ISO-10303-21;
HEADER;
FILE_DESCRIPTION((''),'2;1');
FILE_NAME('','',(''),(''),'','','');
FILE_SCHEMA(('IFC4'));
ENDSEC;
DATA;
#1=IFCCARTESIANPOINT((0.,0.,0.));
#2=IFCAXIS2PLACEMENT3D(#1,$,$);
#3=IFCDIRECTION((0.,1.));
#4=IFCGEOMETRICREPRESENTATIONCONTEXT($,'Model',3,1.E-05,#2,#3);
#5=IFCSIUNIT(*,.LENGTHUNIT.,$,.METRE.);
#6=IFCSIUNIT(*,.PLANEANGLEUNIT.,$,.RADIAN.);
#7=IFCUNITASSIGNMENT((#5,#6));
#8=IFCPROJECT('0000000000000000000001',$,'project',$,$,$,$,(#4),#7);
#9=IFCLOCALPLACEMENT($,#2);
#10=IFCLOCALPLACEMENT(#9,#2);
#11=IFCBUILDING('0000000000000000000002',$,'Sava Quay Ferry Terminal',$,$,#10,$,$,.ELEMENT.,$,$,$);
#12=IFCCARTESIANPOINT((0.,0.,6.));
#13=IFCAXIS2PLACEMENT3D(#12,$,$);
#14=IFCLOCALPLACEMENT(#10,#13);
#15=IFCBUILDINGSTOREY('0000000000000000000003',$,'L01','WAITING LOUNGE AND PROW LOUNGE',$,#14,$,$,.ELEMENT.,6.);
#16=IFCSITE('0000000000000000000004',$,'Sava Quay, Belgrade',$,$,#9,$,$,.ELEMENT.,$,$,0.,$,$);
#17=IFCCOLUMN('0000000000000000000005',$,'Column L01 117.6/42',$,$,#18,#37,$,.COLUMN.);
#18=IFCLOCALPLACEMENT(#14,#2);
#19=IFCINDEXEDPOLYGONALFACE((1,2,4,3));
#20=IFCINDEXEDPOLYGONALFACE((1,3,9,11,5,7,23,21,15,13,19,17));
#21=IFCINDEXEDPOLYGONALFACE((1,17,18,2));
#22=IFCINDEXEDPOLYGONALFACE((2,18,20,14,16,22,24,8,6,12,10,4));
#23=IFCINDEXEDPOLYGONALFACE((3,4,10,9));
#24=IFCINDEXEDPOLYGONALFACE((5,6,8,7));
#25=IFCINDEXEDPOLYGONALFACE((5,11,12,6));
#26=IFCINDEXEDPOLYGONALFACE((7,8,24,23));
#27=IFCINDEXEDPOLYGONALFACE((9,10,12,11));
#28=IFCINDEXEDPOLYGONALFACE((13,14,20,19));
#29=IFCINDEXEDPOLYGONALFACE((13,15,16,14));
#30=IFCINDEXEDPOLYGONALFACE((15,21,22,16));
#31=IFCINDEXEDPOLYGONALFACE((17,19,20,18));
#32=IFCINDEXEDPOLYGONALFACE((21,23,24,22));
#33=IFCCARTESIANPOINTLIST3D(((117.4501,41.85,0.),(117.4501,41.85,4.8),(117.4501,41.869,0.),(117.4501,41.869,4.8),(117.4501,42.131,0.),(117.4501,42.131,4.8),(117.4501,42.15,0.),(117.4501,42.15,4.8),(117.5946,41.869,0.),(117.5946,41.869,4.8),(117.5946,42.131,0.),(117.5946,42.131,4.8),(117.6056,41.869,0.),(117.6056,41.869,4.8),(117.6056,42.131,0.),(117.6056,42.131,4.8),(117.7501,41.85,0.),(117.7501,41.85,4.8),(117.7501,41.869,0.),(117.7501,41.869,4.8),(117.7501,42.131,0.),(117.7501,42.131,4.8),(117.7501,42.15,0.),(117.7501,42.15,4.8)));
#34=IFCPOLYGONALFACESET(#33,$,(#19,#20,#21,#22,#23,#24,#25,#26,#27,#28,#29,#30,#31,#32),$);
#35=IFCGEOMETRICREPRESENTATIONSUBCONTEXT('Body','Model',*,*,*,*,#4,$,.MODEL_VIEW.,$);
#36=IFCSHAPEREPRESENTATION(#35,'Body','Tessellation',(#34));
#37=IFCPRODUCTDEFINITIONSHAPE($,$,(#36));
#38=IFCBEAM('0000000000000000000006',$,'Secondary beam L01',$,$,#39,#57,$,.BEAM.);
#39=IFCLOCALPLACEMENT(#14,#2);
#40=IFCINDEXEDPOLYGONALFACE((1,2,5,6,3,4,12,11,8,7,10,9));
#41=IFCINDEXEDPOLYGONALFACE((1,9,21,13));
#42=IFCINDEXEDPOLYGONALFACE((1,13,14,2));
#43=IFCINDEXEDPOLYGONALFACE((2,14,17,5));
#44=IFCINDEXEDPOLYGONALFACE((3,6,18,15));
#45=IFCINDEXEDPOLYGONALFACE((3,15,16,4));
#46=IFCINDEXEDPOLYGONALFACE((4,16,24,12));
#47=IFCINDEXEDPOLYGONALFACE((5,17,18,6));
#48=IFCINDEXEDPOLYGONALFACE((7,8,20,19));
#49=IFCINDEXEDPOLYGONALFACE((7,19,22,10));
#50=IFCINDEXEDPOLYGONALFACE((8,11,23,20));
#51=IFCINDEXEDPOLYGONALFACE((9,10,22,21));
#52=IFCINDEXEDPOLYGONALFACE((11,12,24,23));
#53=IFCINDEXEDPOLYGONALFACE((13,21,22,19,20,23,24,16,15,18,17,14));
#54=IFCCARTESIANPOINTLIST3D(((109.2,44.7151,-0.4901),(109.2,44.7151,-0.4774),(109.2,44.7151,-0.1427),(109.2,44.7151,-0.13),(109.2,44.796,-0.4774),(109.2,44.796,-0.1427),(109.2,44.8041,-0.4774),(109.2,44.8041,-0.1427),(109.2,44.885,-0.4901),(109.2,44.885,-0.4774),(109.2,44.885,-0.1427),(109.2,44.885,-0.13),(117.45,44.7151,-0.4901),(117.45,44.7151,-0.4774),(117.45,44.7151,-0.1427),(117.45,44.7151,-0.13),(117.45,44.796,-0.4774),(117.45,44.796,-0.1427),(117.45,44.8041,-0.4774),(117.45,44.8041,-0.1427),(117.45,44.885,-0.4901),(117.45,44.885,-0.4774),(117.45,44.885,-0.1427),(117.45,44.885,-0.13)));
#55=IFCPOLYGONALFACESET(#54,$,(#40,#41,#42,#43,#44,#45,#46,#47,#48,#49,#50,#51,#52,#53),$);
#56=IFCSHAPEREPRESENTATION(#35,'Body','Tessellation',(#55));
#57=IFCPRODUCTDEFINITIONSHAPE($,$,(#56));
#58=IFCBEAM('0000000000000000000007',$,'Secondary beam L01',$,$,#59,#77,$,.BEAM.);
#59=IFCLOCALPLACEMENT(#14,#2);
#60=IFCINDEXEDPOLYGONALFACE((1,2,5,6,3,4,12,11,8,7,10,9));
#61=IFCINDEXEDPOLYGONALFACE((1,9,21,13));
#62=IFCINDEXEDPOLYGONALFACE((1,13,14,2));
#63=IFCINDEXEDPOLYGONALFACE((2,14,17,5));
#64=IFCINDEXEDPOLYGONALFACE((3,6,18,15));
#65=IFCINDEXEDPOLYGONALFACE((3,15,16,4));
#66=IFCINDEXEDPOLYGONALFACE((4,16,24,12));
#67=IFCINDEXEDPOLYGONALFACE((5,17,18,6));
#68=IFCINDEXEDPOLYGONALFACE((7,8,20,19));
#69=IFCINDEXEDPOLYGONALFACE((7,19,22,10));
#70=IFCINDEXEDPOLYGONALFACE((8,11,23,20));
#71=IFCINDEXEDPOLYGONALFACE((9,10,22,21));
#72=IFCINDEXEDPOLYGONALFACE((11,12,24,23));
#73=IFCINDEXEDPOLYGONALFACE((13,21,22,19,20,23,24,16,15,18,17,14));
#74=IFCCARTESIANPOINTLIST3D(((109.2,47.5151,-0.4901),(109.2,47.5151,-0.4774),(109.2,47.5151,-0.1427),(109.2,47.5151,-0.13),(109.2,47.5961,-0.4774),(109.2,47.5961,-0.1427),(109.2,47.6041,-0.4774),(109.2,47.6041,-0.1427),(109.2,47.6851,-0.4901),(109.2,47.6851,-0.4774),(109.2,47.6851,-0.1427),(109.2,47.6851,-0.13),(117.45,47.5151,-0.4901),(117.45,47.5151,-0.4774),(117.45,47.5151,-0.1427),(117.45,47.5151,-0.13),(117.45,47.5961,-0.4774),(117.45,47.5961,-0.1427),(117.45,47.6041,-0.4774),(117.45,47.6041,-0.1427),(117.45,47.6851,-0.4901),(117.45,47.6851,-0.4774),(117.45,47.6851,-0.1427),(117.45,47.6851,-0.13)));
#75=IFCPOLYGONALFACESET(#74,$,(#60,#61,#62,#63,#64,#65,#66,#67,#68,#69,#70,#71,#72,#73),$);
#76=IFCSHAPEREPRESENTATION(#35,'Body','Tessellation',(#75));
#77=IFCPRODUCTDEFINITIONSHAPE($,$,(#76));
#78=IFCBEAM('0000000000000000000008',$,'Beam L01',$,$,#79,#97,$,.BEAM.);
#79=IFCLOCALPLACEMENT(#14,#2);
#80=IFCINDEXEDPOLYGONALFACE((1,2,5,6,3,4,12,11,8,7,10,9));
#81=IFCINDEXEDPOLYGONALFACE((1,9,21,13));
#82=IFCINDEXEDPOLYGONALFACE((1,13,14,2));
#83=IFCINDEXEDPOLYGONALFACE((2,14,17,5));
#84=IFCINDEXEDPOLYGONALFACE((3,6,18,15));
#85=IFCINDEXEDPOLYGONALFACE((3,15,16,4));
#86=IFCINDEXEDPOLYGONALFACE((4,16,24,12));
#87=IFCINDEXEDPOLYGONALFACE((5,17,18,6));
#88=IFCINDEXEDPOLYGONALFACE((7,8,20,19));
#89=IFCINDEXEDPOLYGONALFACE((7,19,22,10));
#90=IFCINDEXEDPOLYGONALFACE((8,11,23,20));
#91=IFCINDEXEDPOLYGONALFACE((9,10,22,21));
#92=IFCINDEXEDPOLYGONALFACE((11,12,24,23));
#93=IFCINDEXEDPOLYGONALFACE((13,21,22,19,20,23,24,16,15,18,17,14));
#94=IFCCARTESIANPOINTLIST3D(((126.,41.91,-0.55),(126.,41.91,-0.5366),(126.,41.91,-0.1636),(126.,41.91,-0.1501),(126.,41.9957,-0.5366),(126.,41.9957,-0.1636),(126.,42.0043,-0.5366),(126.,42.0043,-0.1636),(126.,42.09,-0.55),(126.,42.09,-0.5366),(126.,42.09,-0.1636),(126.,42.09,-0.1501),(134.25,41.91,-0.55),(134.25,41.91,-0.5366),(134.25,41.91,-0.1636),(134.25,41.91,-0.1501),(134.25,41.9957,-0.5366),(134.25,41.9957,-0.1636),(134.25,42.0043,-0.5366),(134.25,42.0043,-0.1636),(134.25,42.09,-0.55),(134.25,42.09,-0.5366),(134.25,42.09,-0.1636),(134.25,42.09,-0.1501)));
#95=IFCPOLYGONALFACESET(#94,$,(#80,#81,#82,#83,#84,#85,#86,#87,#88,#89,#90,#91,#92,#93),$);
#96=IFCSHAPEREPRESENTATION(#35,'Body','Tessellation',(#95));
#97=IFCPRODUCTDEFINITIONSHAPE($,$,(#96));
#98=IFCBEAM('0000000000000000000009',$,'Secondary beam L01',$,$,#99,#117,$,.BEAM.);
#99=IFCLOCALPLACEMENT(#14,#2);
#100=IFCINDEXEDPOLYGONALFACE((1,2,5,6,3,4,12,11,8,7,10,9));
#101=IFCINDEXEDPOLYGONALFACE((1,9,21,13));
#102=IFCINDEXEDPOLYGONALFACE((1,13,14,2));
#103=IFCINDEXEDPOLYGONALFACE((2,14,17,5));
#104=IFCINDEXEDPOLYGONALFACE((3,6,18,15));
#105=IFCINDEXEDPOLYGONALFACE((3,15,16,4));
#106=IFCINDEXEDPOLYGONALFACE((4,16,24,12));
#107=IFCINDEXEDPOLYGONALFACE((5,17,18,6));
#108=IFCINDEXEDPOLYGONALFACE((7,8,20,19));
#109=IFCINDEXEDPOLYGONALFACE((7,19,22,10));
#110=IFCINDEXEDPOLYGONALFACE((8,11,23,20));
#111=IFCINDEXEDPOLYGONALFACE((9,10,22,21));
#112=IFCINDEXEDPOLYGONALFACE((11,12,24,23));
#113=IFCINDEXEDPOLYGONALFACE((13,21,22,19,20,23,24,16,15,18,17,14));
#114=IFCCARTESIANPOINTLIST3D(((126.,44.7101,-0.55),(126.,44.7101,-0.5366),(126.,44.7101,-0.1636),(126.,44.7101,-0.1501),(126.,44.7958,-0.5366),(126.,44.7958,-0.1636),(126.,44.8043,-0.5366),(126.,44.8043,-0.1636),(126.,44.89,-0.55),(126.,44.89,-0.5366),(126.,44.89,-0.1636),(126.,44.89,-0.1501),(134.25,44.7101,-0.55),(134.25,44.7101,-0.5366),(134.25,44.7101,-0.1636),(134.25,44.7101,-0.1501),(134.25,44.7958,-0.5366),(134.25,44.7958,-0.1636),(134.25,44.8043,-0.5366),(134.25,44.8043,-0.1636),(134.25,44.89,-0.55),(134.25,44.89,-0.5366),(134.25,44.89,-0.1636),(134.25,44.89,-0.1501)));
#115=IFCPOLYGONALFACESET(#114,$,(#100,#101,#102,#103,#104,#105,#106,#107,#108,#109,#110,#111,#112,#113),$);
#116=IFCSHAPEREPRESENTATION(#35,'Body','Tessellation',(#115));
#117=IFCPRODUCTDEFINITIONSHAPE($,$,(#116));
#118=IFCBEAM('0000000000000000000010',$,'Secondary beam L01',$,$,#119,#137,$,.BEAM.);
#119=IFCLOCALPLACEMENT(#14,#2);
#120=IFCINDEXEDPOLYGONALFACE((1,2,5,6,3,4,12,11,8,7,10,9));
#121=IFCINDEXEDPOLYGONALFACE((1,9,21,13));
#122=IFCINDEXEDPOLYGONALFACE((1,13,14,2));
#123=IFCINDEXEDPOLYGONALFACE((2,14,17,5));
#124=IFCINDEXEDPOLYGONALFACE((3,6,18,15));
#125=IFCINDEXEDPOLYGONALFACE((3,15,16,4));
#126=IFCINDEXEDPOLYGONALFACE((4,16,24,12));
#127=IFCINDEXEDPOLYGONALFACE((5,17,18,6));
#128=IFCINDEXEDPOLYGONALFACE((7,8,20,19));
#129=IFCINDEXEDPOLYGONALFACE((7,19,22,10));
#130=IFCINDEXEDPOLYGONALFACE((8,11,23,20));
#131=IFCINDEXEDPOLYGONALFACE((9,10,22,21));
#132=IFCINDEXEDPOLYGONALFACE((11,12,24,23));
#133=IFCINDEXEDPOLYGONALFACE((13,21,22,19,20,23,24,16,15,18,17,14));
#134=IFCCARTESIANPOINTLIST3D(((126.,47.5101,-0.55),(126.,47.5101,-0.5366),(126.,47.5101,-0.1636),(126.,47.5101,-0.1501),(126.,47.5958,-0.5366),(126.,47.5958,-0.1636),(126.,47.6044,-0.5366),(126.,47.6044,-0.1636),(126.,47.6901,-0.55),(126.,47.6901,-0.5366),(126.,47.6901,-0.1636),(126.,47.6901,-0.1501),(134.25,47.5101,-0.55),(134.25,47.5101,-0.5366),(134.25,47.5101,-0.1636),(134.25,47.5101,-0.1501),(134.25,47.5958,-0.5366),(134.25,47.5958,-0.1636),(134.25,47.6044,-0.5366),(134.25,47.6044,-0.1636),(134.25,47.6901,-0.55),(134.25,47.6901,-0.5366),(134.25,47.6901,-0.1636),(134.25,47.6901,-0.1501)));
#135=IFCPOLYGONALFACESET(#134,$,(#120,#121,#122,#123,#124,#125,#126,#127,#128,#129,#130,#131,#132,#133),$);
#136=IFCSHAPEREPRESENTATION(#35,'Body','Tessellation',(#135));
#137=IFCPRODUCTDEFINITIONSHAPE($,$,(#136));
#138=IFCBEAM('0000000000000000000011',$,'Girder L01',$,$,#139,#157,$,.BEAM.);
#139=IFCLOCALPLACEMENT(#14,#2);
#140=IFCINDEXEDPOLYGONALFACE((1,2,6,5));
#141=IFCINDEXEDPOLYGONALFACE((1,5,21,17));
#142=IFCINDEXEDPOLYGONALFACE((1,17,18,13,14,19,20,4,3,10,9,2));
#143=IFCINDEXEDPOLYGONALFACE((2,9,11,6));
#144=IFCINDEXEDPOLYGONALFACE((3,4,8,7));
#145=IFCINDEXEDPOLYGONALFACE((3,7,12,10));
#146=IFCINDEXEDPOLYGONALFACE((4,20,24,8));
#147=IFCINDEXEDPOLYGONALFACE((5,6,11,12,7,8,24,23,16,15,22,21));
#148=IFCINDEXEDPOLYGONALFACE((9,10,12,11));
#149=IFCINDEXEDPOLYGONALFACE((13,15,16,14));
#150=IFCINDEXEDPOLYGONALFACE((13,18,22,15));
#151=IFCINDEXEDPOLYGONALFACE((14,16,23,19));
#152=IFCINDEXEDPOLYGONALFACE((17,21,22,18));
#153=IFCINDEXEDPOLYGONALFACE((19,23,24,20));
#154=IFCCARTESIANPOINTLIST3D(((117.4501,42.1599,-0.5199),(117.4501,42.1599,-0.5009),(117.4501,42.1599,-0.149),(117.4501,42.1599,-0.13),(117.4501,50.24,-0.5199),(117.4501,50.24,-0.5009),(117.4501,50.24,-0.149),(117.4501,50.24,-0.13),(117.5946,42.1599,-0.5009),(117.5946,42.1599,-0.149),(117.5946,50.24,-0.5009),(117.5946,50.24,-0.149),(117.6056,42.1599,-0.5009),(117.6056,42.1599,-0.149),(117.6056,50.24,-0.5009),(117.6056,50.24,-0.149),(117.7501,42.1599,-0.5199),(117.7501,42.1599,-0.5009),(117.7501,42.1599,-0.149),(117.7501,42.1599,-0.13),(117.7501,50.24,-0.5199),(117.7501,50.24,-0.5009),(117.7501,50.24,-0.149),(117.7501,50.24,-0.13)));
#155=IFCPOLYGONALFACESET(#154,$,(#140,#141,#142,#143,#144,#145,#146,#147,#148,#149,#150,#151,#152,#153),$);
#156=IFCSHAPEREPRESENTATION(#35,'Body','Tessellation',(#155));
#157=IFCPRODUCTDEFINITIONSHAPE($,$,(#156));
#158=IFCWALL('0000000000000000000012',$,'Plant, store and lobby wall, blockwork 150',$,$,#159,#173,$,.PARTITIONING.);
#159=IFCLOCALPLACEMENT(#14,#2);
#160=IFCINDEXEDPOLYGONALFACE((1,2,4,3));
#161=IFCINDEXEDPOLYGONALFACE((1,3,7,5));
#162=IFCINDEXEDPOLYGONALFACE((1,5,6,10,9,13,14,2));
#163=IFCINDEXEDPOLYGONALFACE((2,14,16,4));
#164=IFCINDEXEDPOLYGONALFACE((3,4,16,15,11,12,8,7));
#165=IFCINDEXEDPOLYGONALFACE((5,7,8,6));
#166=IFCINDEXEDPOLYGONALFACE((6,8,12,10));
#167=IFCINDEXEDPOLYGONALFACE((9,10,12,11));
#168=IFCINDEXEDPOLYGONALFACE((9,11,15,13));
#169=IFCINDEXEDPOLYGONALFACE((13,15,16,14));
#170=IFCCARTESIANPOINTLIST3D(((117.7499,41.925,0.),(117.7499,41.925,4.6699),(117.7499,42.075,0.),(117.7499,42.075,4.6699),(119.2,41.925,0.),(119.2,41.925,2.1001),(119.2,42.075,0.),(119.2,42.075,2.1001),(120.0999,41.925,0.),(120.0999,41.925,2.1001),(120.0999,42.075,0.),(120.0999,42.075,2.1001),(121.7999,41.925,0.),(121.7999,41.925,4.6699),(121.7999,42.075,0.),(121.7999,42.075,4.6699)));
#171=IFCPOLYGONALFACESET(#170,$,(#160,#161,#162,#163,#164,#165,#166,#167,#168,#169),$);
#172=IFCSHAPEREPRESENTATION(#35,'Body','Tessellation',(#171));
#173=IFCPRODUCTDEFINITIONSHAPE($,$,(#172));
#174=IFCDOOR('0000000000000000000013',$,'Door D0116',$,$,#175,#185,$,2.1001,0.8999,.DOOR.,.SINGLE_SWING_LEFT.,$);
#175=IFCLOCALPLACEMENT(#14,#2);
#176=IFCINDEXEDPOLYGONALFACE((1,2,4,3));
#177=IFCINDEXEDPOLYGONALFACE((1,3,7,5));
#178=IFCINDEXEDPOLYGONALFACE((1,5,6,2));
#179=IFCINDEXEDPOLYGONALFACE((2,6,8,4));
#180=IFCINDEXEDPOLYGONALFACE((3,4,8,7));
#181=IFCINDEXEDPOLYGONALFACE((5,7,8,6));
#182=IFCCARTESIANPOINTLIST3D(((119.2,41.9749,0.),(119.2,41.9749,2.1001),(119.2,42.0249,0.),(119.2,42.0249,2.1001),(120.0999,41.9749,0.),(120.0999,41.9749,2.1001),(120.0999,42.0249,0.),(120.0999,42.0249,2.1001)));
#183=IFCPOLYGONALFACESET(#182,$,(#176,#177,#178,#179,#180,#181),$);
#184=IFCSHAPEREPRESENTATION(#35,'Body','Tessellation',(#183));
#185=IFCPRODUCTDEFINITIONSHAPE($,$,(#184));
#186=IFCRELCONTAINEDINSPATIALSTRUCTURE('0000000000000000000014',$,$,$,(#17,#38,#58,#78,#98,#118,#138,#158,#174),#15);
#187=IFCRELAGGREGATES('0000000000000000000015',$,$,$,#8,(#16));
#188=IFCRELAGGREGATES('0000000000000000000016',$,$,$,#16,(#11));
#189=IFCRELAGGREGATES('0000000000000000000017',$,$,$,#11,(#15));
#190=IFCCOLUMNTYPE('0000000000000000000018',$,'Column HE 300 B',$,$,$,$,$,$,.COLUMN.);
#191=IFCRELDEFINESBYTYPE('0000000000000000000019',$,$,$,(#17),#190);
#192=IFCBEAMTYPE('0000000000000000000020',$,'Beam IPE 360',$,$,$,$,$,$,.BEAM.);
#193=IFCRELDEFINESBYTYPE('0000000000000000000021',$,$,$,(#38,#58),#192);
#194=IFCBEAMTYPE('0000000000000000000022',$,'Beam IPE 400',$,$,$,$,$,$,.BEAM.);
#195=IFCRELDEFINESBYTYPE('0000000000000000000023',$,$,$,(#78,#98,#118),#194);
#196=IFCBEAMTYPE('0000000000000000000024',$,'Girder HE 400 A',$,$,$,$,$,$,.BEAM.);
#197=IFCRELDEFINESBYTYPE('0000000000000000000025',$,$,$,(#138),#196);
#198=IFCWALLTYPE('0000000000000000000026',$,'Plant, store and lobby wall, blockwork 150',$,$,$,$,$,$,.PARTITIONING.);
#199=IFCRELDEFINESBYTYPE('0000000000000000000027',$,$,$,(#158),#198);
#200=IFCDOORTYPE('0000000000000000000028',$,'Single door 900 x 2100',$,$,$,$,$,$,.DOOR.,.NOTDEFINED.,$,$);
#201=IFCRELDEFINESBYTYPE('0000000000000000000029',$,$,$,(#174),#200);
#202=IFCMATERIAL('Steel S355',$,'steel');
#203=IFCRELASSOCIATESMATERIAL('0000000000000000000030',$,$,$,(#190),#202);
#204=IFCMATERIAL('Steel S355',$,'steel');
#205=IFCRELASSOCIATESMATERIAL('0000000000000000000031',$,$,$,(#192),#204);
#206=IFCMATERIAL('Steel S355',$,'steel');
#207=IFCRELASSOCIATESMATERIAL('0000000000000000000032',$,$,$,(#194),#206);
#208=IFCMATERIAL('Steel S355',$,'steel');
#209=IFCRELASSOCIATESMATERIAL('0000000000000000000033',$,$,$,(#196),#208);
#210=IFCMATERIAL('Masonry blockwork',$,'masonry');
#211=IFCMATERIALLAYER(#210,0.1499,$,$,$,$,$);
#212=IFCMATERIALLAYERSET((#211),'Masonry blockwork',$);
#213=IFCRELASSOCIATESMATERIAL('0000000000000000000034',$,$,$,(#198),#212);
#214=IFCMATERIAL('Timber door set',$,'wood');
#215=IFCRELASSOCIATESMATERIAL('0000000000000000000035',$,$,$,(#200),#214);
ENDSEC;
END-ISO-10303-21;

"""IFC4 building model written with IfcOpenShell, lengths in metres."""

from ifc_helpers import new_model, si_unit, direction, frame, frame_2d, origin, origin_2d, place, context, subcontext, project, spatial, rectangle, i_section, extrude, material, layer, layer_set, material_profile, profile_set, type_object, element, fill, save


model = new_model("IFC4")

# Units and contexts
model_context = context("Model", 3, precision=1e-05, world=origin(), true_north=direction((0.0, 1.0)))
body_context = subcontext(model_context, "Body", "Model", "MODEL_VIEW")
ifc_project = project(units=[si_unit("LENGTHUNIT", "METRE"), si_unit("PLANEANGLEUNIT", "RADIAN")], contexts=[model_context])

# Site, building, storey
site_placement = place(None, origin())
site = spatial("IfcSite", under=ifc_project, at=site_placement, Name="Sava Quay, Belgrade", CompositionType="ELEMENT", RefElevation=0.0)
building_placement = place(site_placement, origin())
building = spatial("IfcBuilding", under=site, at=building_placement, Name="Sava Quay Ferry Terminal", CompositionType="ELEMENT")
storey_placement = place(building_placement, frame((0.0, 0.0, 6.0)))
storey = spatial("IfcBuildingStorey", under=building, at=storey_placement, Name="L01", Description="WAITING LOUNGE AND PROW LOUNGE", CompositionType="ELEMENT", Elevation=6.0)

# Column
ifc_material_1 = material(Name="Steel S355", Category="steel")
ifc_material_profile_1 = material_profile(ifc_material_1, i_section(OverallWidth=0.3, OverallDepth=0.3, WebThickness=0.011, FlangeThickness=0.019, at=origin_2d()), Name="HE 300 B")
ifc_profile_set_1 = profile_set([ifc_material_profile_1], Name="Steel S355")
column_type = type_object("IfcColumnType", Name="Column HE 300 B", PredefinedType="COLUMN", material=ifc_profile_set_1)
column_placement = place(storey_placement, frame((117.6001, 42.0, 0.0), z_axis=(0.0, 0.0, 1.0), x_axis=(1.0, 0.0, 0.0)))
element("IfcColumn", 1, at=column_placement, inside=storey, type_object=column_type, Name="Column L01 117.6/42", PredefinedType="COLUMN", context=body_context, shape_type="SweptSolid", body=[
    extrude(i_section(OverallWidth=0.3, OverallDepth=0.3, WebThickness=0.011, FlangeThickness=0.019, at=origin_2d()), origin(), (0.0, 0.0, 1.0), 4.8),
])

# Beams
ifc_material_2 = material(Name="Steel S355", Category="steel")
ifc_material_profile_2 = material_profile(ifc_material_2, i_section(OverallWidth=0.1699, OverallDepth=0.3601, WebThickness=0.0081, FlangeThickness=0.0127, at=origin_2d()), Name="IPE 360")
ifc_profile_set_2 = profile_set([ifc_material_profile_2], Name="Steel S355")
beam_type_1 = type_object("IfcBeamType", Name="Beam IPE 360", PredefinedType="BEAM", material=ifc_profile_set_2)
for number, where, z_axis, x_axis, name in (
    (2, (109.2, 44.8, -0.3101), (1.0, 0.0, 0.0), (0.0, 1.0, 0.0), "Secondary beam L01"),
    (3, (109.2, 47.6001, -0.3101), (1.0, 0.0, 0.0), (0.0, 1.0, 0.0), "Secondary beam L01"),
):
    element("IfcBeam", number, at=place(storey_placement, frame(where, z_axis=z_axis, x_axis=x_axis)), inside=storey, type_object=beam_type_1, Name=name, PredefinedType="BEAM", context=body_context, shape_type="SweptSolid", body=[
        extrude(i_section(OverallWidth=0.1699, OverallDepth=0.3601, WebThickness=0.0081, FlangeThickness=0.0127, at=origin_2d()), origin(), (0.0, 0.0, 1.0), 8.25),
    ])
ifc_material_3 = material(Name="Steel S355", Category="steel")
ifc_material_profile_3 = material_profile(ifc_material_3, i_section(OverallWidth=0.1799, OverallDepth=0.3999, WebThickness=0.0085, FlangeThickness=0.0134, at=origin_2d()), Name="IPE 400")
ifc_profile_set_3 = profile_set([ifc_material_profile_3], Name="Steel S355")
beam_type_2 = type_object("IfcBeamType", Name="Beam IPE 400", PredefinedType="BEAM", material=ifc_profile_set_3)
for number, where, z_axis, x_axis, name in (
    (4, (126.0, 42.0, -0.3501), (1.0, 0.0, 0.0), (0.0, 1.0, 0.0), "Beam L01"),
    (5, (126.0, 44.8, -0.3501), (1.0, 0.0, 0.0), (0.0, 1.0, 0.0), "Secondary beam L01"),
    (6, (126.0, 47.6001, -0.3501), (1.0, 0.0, 0.0), (0.0, 1.0, 0.0), "Secondary beam L01"),
):
    element("IfcBeam", number, at=place(storey_placement, frame(where, z_axis=z_axis, x_axis=x_axis)), inside=storey, type_object=beam_type_2, Name=name, PredefinedType="BEAM", context=body_context, shape_type="SweptSolid", body=[
        extrude(i_section(OverallWidth=0.1799, OverallDepth=0.3999, WebThickness=0.0085, FlangeThickness=0.0134, at=origin_2d()), origin(), (0.0, 0.0, 1.0), 8.25),
    ])
ifc_material_4 = material(Name="Steel S355", Category="steel")
ifc_material_profile_4 = material_profile(ifc_material_4, i_section(OverallWidth=0.3, OverallDepth=0.3899, WebThickness=0.011, FlangeThickness=0.019, at=origin_2d()), Name="HE 400 A")
ifc_profile_set_4 = profile_set([ifc_material_profile_4], Name="Steel S355")
beam_type_3 = type_object("IfcBeamType", Name="Girder HE 400 A", PredefinedType="BEAM", material=ifc_profile_set_4)
beam_placement = place(storey_placement, frame((117.6001, 42.1599, -0.325), z_axis=(0.0, 1.0, 0.0), x_axis=(-1.0, 0.0, 0.0)))
element("IfcBeam", 7, at=beam_placement, inside=storey, type_object=beam_type_3, Name="Girder L01", PredefinedType="BEAM", context=body_context, shape_type="SweptSolid", body=[
    extrude(i_section(OverallWidth=0.3, OverallDepth=0.3899, WebThickness=0.011, FlangeThickness=0.019, at=origin_2d()), origin(), (0.0, 0.0, 1.0), 8.0801),
])

# Wall, opening, door
ifc_material_5 = material(Name="Masonry blockwork", Category="masonry")
ifc_layer_1 = layer(ifc_material_5, 0.1499)
ifc_layer_set_1 = layer_set([ifc_layer_1], Name="Masonry blockwork")
wall_type_1 = type_object("IfcWallType", Name="Plant, store and lobby wall, blockwork 150", PredefinedType="PARTITIONING", material=ifc_layer_set_1)
wall_1_placement = place(storey_placement, frame((117.75, 42.0, 0.0), z_axis=(0.0, 0.0, 1.0), x_axis=(1.0, 0.0, 0.0)))
wall_1 = element("IfcWall", 8, at=wall_1_placement, inside=storey, type_object=wall_type_1, Name="Plant, store and lobby wall, blockwork 150", PredefinedType="PARTITIONING", context=body_context, shape_type="SweptSolid", body=[
    extrude(rectangle(XDim=4.05, YDim=0.1499, at=frame_2d((2.0249, 0.0))), origin(), (0.0, 0.0, 1.0), 4.6699),
])
opening_1_placement = place(wall_1_placement, frame((1.45, 0.0, 0.0)))
opening_1 = element("IfcOpeningElement", 9, at=opening_1_placement, cuts=wall_1, PredefinedType="OPENING", context=body_context, shape_type="SweptSolid", body=[
    extrude(rectangle(XDim=0.8999, YDim=2.1001, at=frame_2d((0.45, 1.05))), frame((0.0, 0.075, 0.0), z_axis=(0.0, -1.0, 0.0), x_axis=(1.0, 0.0, 0.0)), (0.0, 0.0, 1.0), 0.1499),
])
ifc_material_6 = material(Name="Timber door set", Category="wood")
door_type_1 = type_object("IfcDoorType", Name="Single door 900 x 2100", OperationType="NOTDEFINED", PredefinedType="DOOR", material=ifc_material_6)
door_1_placement = place(opening_1_placement, origin())
door_1 = element("IfcDoor", 10, at=door_1_placement, inside=storey, type_object=door_type_1, Name="Door D0116", OperationType="SINGLE_SWING_LEFT", OverallHeight=2.1001, OverallWidth=0.8999, PredefinedType="DOOR", context=body_context, shape_type="SweptSolid", body=[
    extrude(rectangle(XDim=0.8999, YDim=2.1001, at=frame_2d((0.45, 1.05))), frame((0.0, 0.0249, 0.0), z_axis=(0.0, -1.0, 0.0), x_axis=(1.0, 0.0, 0.0)), (0.0, 0.0, 1.0), 0.05),
])
fill(opening_1, door_1)

save(model, "model.ifc")
